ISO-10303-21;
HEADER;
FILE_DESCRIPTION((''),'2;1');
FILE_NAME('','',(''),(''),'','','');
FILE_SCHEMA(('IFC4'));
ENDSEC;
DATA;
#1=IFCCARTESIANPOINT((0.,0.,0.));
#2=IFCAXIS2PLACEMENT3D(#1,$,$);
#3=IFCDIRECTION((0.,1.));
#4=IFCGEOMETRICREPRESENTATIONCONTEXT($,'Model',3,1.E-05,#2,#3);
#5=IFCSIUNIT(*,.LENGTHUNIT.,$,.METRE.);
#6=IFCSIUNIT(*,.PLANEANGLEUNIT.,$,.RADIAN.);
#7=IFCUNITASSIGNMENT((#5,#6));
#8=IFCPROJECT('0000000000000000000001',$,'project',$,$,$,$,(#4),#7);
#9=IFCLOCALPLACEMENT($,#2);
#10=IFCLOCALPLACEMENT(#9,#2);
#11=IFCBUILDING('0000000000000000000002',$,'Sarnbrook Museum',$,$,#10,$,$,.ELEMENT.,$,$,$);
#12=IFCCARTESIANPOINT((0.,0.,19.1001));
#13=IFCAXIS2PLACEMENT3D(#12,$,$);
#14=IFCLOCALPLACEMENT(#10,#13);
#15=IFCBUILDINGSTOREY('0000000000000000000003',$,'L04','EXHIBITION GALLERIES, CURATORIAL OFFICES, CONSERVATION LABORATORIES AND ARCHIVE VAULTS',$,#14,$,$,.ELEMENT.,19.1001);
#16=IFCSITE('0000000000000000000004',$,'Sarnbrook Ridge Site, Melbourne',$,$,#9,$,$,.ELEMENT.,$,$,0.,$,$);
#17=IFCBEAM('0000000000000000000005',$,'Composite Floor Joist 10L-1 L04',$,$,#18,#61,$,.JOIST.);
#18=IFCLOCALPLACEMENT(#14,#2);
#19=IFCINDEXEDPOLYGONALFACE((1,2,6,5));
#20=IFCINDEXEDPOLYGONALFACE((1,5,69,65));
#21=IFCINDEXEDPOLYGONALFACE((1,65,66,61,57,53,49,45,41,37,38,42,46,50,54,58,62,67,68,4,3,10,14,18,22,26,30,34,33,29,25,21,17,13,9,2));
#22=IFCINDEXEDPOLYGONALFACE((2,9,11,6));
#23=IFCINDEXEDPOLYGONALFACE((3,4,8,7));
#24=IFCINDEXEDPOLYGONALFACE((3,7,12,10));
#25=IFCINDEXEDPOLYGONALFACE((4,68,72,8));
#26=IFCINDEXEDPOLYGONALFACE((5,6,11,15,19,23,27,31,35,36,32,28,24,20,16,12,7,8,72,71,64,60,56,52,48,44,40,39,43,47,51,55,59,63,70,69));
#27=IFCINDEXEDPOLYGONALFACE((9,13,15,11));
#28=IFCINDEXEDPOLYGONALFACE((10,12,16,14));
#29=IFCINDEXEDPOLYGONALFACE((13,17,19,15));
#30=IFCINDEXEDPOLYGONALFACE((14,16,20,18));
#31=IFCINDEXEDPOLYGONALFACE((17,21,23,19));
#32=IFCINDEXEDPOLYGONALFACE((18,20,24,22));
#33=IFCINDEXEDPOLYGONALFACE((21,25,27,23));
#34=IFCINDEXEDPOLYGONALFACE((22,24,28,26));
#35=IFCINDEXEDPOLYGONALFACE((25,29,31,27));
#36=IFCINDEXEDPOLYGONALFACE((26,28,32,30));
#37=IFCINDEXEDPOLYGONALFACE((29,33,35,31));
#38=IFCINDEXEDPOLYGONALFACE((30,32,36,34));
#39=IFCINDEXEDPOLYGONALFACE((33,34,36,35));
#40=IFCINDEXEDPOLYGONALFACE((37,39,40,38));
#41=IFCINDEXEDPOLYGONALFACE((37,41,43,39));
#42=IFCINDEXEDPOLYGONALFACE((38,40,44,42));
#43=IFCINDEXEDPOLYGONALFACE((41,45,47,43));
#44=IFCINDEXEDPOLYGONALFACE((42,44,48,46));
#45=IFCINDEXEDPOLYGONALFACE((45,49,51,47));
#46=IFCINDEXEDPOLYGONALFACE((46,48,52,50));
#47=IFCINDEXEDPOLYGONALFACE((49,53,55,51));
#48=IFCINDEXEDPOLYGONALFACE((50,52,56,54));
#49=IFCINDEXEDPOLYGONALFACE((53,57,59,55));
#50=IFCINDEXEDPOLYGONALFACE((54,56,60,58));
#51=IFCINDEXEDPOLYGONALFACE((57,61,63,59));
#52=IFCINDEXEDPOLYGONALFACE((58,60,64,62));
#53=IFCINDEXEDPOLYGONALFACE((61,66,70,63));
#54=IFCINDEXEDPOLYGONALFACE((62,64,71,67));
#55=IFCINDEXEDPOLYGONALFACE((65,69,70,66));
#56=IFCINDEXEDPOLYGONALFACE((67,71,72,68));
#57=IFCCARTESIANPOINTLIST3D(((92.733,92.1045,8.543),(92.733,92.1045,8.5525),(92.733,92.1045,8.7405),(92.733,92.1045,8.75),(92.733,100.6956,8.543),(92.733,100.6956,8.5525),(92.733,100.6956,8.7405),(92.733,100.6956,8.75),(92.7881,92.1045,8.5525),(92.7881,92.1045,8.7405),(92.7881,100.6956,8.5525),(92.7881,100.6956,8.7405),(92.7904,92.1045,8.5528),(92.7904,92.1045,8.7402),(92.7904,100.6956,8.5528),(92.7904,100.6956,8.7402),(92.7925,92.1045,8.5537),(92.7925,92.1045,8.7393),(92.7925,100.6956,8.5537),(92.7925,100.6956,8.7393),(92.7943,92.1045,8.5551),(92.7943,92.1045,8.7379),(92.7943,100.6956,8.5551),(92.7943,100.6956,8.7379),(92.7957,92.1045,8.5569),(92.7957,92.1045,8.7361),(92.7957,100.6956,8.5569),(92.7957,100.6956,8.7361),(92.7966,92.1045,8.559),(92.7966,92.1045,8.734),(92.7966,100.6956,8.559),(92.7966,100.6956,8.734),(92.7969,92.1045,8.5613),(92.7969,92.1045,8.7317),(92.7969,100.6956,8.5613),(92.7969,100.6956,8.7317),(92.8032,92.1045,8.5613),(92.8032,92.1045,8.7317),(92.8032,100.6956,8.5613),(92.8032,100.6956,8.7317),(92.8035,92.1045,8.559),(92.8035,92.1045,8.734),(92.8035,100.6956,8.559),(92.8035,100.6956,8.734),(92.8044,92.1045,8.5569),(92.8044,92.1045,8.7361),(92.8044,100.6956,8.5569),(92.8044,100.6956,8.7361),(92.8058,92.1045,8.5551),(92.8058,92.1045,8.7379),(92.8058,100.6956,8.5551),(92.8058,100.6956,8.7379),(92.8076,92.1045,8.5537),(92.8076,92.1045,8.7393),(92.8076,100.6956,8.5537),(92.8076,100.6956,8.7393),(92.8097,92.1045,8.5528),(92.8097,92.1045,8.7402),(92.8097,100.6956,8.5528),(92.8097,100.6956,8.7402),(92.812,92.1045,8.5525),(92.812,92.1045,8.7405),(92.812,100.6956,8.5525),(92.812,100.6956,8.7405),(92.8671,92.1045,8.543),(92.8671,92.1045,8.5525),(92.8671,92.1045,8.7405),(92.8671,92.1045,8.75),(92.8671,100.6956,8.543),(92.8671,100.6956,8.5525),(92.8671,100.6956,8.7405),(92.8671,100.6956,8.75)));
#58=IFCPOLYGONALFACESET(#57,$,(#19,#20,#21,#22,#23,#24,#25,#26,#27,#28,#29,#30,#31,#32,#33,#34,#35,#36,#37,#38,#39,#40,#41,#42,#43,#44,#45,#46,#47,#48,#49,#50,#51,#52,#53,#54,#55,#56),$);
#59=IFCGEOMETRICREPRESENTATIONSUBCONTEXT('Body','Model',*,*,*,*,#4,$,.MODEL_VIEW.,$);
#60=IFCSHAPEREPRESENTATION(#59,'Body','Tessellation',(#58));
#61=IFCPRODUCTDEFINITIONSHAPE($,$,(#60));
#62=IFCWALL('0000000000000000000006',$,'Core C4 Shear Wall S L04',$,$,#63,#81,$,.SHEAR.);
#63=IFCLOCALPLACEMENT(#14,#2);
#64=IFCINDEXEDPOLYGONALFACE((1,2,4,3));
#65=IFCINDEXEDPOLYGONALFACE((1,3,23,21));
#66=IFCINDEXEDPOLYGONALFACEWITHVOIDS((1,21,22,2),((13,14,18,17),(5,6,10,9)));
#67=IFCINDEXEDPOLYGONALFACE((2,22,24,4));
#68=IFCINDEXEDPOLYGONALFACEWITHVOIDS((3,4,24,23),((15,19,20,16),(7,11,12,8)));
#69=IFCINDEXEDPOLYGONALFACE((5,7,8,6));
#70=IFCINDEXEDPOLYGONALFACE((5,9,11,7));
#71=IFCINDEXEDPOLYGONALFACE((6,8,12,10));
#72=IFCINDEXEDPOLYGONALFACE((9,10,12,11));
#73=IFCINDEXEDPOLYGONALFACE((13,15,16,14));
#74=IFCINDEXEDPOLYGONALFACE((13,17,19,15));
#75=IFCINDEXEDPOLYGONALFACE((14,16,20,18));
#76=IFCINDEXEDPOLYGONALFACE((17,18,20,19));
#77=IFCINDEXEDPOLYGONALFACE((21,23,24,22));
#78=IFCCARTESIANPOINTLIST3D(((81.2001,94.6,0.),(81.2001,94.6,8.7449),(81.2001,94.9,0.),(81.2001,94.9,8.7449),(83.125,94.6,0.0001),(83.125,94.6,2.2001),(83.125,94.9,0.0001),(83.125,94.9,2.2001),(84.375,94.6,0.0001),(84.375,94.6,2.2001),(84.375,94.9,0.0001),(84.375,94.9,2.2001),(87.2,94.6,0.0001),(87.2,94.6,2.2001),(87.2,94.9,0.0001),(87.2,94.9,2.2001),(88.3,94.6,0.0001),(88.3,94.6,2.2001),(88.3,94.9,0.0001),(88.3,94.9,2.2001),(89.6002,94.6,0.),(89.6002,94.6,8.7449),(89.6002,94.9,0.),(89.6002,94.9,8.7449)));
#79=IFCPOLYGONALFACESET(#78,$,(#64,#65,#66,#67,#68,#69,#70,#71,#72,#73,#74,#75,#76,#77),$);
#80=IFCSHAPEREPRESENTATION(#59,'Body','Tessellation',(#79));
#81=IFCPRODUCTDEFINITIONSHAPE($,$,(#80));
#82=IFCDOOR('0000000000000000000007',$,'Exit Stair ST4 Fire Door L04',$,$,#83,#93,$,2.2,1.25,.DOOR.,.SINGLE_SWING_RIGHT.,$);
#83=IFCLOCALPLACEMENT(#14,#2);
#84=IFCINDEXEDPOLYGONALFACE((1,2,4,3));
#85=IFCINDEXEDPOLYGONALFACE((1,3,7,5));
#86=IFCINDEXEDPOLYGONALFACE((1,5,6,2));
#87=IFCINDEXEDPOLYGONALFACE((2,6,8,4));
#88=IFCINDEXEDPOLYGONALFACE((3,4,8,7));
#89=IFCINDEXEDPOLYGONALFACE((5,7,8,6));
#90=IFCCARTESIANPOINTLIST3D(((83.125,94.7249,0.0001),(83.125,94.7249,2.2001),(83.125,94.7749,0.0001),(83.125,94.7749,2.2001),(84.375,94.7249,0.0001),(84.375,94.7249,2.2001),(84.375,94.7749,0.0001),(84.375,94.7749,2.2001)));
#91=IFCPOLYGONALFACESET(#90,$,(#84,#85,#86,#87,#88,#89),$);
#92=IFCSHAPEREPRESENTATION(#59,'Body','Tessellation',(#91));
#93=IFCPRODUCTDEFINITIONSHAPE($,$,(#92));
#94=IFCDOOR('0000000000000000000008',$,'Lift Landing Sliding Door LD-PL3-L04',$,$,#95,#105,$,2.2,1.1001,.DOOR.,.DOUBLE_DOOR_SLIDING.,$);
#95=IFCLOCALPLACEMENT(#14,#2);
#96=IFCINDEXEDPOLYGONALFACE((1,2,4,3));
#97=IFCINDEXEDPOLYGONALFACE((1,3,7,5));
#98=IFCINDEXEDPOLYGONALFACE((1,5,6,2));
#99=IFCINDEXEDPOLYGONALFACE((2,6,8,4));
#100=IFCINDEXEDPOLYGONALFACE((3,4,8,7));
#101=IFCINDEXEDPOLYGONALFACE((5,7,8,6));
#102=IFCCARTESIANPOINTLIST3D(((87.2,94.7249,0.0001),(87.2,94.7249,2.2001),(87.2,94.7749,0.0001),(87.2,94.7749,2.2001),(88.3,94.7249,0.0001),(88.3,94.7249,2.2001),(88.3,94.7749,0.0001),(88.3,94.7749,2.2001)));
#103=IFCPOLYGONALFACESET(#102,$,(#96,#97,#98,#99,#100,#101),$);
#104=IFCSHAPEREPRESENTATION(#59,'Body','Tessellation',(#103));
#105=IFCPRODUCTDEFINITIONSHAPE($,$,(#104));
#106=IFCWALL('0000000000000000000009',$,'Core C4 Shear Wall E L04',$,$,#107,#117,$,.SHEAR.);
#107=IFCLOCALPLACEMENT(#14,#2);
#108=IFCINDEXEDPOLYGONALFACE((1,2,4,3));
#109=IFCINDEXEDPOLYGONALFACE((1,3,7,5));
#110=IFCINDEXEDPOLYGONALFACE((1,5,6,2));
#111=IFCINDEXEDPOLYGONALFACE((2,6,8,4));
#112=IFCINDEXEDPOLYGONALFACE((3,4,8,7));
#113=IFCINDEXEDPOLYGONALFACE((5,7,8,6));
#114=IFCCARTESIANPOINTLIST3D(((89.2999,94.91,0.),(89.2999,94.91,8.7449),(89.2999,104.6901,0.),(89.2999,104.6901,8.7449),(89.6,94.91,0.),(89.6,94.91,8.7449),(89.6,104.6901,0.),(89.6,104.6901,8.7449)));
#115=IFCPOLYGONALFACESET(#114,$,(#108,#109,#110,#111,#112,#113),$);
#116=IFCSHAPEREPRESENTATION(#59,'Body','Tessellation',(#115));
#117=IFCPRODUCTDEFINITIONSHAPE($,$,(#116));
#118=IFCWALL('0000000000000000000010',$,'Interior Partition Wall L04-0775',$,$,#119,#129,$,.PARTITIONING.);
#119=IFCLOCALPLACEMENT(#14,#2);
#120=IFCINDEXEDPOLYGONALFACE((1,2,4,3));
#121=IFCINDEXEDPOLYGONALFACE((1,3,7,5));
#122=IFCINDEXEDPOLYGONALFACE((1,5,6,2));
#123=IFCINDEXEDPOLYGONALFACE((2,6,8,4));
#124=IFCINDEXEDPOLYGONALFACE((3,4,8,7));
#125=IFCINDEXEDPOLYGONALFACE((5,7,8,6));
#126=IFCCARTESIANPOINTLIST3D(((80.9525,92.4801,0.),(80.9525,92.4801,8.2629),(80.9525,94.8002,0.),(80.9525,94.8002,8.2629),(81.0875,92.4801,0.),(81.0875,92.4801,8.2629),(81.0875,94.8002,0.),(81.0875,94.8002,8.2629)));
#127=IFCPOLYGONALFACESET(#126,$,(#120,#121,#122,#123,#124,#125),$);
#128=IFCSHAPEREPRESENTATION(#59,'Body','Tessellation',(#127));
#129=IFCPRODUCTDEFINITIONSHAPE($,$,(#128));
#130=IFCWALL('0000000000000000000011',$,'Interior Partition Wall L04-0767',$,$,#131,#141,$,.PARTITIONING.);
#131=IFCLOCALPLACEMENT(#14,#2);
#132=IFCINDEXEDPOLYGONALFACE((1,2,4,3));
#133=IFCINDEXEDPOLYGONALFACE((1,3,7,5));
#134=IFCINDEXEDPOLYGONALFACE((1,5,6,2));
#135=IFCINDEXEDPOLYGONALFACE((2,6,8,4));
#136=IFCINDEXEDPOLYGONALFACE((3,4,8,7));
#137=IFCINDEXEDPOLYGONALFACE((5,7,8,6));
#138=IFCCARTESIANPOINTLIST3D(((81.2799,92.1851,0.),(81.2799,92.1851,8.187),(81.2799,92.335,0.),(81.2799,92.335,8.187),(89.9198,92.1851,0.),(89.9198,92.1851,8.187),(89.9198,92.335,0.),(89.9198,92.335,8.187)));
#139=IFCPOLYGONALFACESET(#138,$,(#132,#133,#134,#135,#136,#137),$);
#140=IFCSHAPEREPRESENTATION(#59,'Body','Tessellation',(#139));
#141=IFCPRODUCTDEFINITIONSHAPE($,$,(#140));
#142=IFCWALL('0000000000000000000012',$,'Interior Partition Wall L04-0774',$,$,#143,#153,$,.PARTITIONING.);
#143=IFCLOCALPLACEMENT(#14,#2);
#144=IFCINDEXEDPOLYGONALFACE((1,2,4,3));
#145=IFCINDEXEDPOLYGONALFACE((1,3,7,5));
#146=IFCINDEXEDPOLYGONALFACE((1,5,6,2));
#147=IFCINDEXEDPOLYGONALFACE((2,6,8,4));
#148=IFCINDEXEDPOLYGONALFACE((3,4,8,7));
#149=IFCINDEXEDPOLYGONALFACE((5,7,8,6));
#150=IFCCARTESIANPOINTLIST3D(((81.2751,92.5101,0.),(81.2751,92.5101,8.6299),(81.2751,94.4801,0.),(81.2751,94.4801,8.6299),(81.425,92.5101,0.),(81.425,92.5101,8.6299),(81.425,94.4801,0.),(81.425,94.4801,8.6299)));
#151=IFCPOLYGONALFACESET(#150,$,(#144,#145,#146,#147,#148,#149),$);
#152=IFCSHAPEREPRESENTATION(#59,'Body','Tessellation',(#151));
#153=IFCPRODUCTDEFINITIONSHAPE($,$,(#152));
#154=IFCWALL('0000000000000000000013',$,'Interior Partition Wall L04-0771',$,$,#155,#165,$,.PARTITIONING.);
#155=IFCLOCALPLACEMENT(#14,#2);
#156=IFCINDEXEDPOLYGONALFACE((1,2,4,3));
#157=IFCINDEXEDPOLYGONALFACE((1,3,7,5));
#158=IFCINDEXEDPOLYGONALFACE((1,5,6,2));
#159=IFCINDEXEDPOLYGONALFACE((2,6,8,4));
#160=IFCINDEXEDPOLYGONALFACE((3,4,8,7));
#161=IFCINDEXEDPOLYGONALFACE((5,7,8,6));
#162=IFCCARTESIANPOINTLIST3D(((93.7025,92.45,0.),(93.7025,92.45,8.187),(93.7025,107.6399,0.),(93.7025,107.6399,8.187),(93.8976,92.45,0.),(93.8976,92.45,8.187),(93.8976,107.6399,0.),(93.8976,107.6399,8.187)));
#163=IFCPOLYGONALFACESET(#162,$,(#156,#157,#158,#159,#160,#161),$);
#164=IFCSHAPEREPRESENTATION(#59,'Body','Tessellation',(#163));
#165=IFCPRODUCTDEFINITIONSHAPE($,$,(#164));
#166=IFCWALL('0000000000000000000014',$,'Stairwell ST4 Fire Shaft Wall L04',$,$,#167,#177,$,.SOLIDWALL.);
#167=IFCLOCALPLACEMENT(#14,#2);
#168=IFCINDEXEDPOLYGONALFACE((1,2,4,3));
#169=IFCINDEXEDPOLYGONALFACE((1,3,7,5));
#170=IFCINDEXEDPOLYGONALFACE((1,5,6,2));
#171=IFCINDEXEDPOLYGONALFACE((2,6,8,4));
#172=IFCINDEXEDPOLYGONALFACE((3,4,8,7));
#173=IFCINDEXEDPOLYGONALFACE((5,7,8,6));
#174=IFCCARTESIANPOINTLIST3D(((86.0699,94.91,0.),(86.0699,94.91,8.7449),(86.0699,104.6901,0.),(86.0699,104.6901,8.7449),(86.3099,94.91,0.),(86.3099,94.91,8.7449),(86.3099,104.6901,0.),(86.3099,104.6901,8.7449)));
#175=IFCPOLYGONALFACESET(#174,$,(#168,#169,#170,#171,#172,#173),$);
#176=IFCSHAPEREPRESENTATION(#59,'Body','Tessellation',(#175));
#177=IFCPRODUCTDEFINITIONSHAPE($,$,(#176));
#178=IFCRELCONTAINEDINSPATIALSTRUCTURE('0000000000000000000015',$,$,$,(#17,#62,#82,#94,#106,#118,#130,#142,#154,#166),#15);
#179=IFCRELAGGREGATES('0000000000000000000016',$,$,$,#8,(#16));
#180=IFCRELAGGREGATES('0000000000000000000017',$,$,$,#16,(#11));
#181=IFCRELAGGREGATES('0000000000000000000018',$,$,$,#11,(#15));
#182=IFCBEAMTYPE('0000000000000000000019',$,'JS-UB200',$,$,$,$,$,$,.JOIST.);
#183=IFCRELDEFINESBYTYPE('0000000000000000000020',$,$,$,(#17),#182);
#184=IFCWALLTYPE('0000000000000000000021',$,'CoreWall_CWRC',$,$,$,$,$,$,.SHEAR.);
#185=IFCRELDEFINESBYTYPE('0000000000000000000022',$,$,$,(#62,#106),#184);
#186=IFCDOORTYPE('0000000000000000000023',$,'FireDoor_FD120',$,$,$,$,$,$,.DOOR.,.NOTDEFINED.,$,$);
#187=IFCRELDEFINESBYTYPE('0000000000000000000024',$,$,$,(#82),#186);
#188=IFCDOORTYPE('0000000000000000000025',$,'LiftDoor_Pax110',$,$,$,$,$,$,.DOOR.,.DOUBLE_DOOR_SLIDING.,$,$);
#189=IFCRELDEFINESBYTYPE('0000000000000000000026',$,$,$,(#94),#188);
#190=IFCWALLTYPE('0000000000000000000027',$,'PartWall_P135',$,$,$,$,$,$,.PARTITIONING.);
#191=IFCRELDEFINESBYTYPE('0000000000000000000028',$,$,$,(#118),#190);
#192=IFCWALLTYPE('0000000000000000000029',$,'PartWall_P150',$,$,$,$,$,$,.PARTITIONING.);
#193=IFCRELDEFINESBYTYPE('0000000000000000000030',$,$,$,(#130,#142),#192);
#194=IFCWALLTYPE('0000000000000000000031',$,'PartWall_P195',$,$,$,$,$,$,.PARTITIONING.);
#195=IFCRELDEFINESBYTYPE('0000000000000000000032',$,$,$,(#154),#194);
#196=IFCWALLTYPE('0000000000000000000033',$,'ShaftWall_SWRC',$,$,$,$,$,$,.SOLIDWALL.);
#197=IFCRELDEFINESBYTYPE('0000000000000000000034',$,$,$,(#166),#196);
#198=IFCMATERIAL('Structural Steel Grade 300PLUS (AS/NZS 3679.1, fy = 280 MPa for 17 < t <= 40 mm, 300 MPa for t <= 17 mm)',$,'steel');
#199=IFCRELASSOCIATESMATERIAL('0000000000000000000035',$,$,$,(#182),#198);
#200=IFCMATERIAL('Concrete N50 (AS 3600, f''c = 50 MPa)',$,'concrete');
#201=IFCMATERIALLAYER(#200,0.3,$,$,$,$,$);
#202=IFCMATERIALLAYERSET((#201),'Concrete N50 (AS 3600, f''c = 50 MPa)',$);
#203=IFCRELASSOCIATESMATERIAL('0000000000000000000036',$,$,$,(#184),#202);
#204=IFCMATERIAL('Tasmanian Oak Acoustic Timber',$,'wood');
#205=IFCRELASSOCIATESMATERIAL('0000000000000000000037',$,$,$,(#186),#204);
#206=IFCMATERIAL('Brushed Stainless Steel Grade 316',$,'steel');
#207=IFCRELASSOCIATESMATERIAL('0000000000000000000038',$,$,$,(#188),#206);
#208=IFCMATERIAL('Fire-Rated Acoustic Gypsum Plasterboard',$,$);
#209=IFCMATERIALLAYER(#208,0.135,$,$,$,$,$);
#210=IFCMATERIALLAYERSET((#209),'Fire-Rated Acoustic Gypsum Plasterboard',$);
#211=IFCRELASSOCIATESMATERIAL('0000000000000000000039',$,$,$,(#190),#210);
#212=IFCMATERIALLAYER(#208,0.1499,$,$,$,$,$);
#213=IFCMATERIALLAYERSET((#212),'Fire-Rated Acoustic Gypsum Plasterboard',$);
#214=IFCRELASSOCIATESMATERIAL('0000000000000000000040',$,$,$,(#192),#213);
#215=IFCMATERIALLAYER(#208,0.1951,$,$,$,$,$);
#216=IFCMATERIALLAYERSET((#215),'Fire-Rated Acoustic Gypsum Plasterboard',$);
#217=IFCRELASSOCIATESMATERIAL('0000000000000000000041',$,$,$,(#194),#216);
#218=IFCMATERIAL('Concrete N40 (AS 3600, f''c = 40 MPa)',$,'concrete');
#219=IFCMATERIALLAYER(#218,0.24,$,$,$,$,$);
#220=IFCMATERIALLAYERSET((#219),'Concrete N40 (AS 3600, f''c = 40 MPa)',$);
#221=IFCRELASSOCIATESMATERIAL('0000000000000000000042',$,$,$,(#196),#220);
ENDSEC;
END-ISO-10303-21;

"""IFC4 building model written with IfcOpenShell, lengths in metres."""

from ifc_helpers import new_model, si_unit, direction, frame, frame_2d, origin, origin_2d, place, context, subcontext, project, spatial, rectangle, i_section, extrude, material, layer, layer_set, material_profile, profile_set, type_object, element, fill, save


model = new_model("IFC4")

# Units and contexts
model_context = context("Model", 3, precision=1e-05, world=origin(), true_north=direction((0.0, 1.0)))
body_context = subcontext(model_context, "Body", "Model", "MODEL_VIEW")
ifc_project = project(units=[si_unit("LENGTHUNIT", "METRE"), si_unit("PLANEANGLEUNIT", "RADIAN")], contexts=[model_context])

# Site, building, storey
site_placement = place(None, origin())
site = spatial("IfcSite", under=ifc_project, at=site_placement, Name="Sarnbrook Ridge Site, Melbourne", CompositionType="ELEMENT", RefElevation=0.0)
building_placement = place(site_placement, origin())
building = spatial("IfcBuilding", under=site, at=building_placement, Name="Sarnbrook Museum", CompositionType="ELEMENT")
storey_placement = place(building_placement, frame((0.0, 0.0, 19.1001)))
storey = spatial("IfcBuildingStorey", under=building, at=storey_placement, Name="L04", Description="EXHIBITION GALLERIES, CURATORIAL OFFICES, CONSERVATION LABORATORIES AND ARCHIVE VAULTS", CompositionType="ELEMENT", Elevation=19.1001)

# Shared definitions
ifc_material_1 = material(Name="Structural Steel Grade 300PLUS (AS/NZS 3679.1, fy = 280 MPa for 17 < t <= 40 mm, 300 MPa for t <= 17 mm)", Category="steel")

# Beam
ifc_material_profile_1 = material_profile(ifc_material_1, i_section(OverallWidth=0.134, OverallDepth=0.207, WebThickness=0.0063, FlangeThickness=0.0095, FilletRadius=0.0088, at=origin_2d()), Name="200UB29.8")
ifc_profile_set_1 = profile_set([ifc_material_profile_1], Name="Structural Steel Grade 300PLUS (AS/NZS 3679.1, fy = 280 MPa for 17 < t <= 40 mm, 300 MPa for t <= 17 mm)")
beam_type_1 = type_object("IfcBeamType", Name="JS-UB200", PredefinedType="JOIST", material=ifc_profile_set_1)
beam_1_placement = place(storey_placement, frame((92.8, 92.1045, 8.6465), z_axis=(0.0, 1.0, 0.0), x_axis=(-1.0, 0.0, 0.0)))
element("IfcBeam", 1, at=beam_1_placement, inside=storey, type_object=beam_type_1, Name="Composite Floor Joist 10L-1 L04", PredefinedType="JOIST", context=body_context, shape_type="SweptSolid", body=[
    extrude(i_section(OverallWidth=0.134, OverallDepth=0.207, WebThickness=0.0063, FlangeThickness=0.0095, FilletRadius=0.0088, at=origin_2d()), origin(), (0.0, 0.0, 1.0), 8.5911),
])

# Wall, openings, doors
ifc_material_2 = material(Name="Concrete N50 (AS 3600, f'c = 50 MPa)", Category="concrete")
ifc_layer_1 = layer(ifc_material_2, 0.3)
ifc_layer_set_1 = layer_set([ifc_layer_1], Name="Concrete N50 (AS 3600, f'c = 50 MPa)")
wall_type_1 = type_object("IfcWallType", Name="CoreWall_CWRC", PredefinedType="SHEAR", material=ifc_layer_set_1)
wall_1_placement = place(storey_placement, frame((81.2, 94.75, 0.0), z_axis=(0.0, 0.0, 1.0), x_axis=(1.0, 0.0, 0.0)))
wall_1 = element("IfcWall", 2, at=wall_1_placement, inside=storey, type_object=wall_type_1, Name="Core C4 Shear Wall S L04", PredefinedType="SHEAR", context=body_context, shape_type="SweptSolid", body=[
    extrude(rectangle(XDim=8.4001, YDim=0.3, at=frame_2d((4.2002, 0.0))), origin(), (0.0, 0.0, 1.0), 8.7449),
])
opening_1_placement = place(wall_1_placement, frame((1.925, 0.0, 0.0)))
opening_1 = element("IfcOpeningElement", 3, at=opening_1_placement, cuts=wall_1, PredefinedType="OPENING", context=body_context, shape_type="SweptSolid", body=[
    extrude(rectangle(XDim=1.25, YDim=2.2, at=frame_2d((0.625, 1.1001))), frame((0.0, 0.1602, 0.0), z_axis=(0.0, -1.0, 0.0), x_axis=(1.0, 0.0, 0.0)), (0.0, 0.0, 1.0), 0.3201),
])
opening_2_placement = place(wall_1_placement, frame((6.0, 0.0, 0.0)))
opening_2 = element("IfcOpeningElement", 4, at=opening_2_placement, cuts=wall_1, PredefinedType="OPENING", context=body_context, shape_type="SweptSolid", body=[
    extrude(rectangle(XDim=1.1001, YDim=2.2, at=frame_2d((0.55, 1.1001))), frame((0.0, 0.1602, 0.0), z_axis=(0.0, -1.0, 0.0), x_axis=(1.0, 0.0, 0.0)), (0.0, 0.0, 1.0), 0.3201),
])
ifc_material_3 = material(Name="Tasmanian Oak Acoustic Timber", Category="wood")
door_type_1 = type_object("IfcDoorType", Name="FireDoor_FD120", OperationType="NOTDEFINED", PredefinedType="DOOR", material=ifc_material_3)
door_1_placement = place(opening_1_placement, origin())
door_1 = element("IfcDoor", 5, at=door_1_placement, inside=storey, type_object=door_type_1, Name="Exit Stair ST4 Fire Door L04", OperationType="SINGLE_SWING_RIGHT", OverallHeight=2.2, OverallWidth=1.25, PredefinedType="DOOR", context=body_context, shape_type="SweptSolid", body=[
    extrude(rectangle(XDim=1.25, YDim=2.2, at=frame_2d((0.625, 1.1001))), frame((0.0, 0.0249, 0.0), z_axis=(0.0, -1.0, 0.0), x_axis=(1.0, 0.0, 0.0)), (0.0, 0.0, 1.0), 0.05),
])
fill(opening_1, door_1)
ifc_material_4 = material(Name="Brushed Stainless Steel Grade 316", Category="steel")
door_type_2 = type_object("IfcDoorType", Name="LiftDoor_Pax110", OperationType="DOUBLE_DOOR_SLIDING", PredefinedType="DOOR", material=ifc_material_4)
door_2_placement = place(opening_2_placement, origin())
door_2 = element("IfcDoor", 6, at=door_2_placement, inside=storey, type_object=door_type_2, Name="Lift Landing Sliding Door LD-PL3-L04", OperationType="DOUBLE_DOOR_SLIDING", OverallHeight=2.2, OverallWidth=1.1001, PredefinedType="DOOR", context=body_context, shape_type="SweptSolid", body=[
    extrude(rectangle(XDim=1.1001, YDim=2.2, at=frame_2d((0.55, 1.1001))), frame((0.0, 0.0249, 0.0), z_axis=(0.0, -1.0, 0.0), x_axis=(1.0, 0.0, 0.0)), (0.0, 0.0, 1.0), 0.05),
])
fill(opening_2, door_2)

# Walls
wall_2_placement = place(storey_placement, frame((89.45, 94.9099, 0.0), z_axis=(0.0, 0.0, 1.0), x_axis=(0.0, 1.0, 0.0)))
element("IfcWall", 7, at=wall_2_placement, inside=storey, type_object=wall_type_1, Name="Core C4 Shear Wall E L04", PredefinedType="SHEAR", context=body_context, shape_type="SweptSolid", body=[
    extrude(rectangle(XDim=9.78, YDim=0.3, at=frame_2d((4.8901, 0.0))), origin(), (0.0, 0.0, 1.0), 8.7449),
])
ifc_material_5 = material(Name="Fire-Rated Acoustic Gypsum Plasterboard")
ifc_layer_2 = layer(ifc_material_5, 0.135)
ifc_layer_set_2 = layer_set([ifc_layer_2], Name="Fire-Rated Acoustic Gypsum Plasterboard")
wall_type_2 = type_object("IfcWallType", Name="PartWall_P135", PredefinedType="PARTITIONING", material=ifc_layer_set_2)
wall_3_placement = place(storey_placement, frame((81.02, 92.48, 0.0), z_axis=(0.0, 0.0, 1.0), x_axis=(0.0, 1.0, 0.0)))
element("IfcWall", 8, at=wall_3_placement, inside=storey, type_object=wall_type_2, Name="Interior Partition Wall L04-0775", PredefinedType="PARTITIONING", context=body_context, shape_type="SweptSolid", body=[
    extrude(rectangle(XDim=2.3201, YDim=0.135, at=frame_2d((1.1602, 0.0))), origin(), (0.0, 0.0, 1.0), 8.2629),
])
ifc_layer_3 = layer(ifc_material_5, 0.1499)
ifc_layer_set_3 = layer_set([ifc_layer_3], Name="Fire-Rated Acoustic Gypsum Plasterboard")
wall_type_3 = type_object("IfcWallType", Name="PartWall_P150", PredefinedType="PARTITIONING", material=ifc_layer_set_3)
wall_4_placement = place(storey_placement, frame((81.28, 92.26, 0.0), z_axis=(0.0, 0.0, 1.0), x_axis=(1.0, 0.0, 0.0)))
element("IfcWall", 9, at=wall_4_placement, inside=storey, type_object=wall_type_3, Name="Interior Partition Wall L04-0767", PredefinedType="PARTITIONING", context=body_context, shape_type="SweptSolid", body=[
    extrude(rectangle(XDim=8.6399, YDim=0.1499, at=frame_2d((4.3198, 0.0))), origin(), (0.0, 0.0, 1.0), 8.187),
])
wall_5_placement = place(storey_placement, frame((81.3501, 94.48, 0.0), z_axis=(0.0, 0.0, 1.0), x_axis=(0.0, -1.0, 0.0)))
element("IfcWall", 10, at=wall_5_placement, inside=storey, type_object=wall_type_3, Name="Interior Partition Wall L04-0774", PredefinedType="PARTITIONING", context=body_context, shape_type="SweptSolid", body=[
    extrude(rectangle(XDim=1.97, YDim=0.1499, at=frame_2d((0.9849, 0.0))), origin(), (0.0, 0.0, 1.0), 8.6299),
])
ifc_layer_4 = layer(ifc_material_5, 0.1951)
ifc_layer_set_4 = layer_set([ifc_layer_4], Name="Fire-Rated Acoustic Gypsum Plasterboard")
wall_type_4 = type_object("IfcWallType", Name="PartWall_P195", PredefinedType="PARTITIONING", material=ifc_layer_set_4)
wall_6_placement = place(storey_placement, frame((93.8, 92.45, 0.0), z_axis=(0.0, 0.0, 1.0), x_axis=(0.0, 1.0, 0.0)))
element("IfcWall", 11, at=wall_6_placement, inside=storey, type_object=wall_type_4, Name="Interior Partition Wall L04-0771", PredefinedType="PARTITIONING", context=body_context, shape_type="SweptSolid", body=[
    extrude(rectangle(XDim=15.1899, YDim=0.1951, at=frame_2d((7.595, 0.0))), origin(), (0.0, 0.0, 1.0), 8.187),
])
ifc_material_6 = material(Name="Concrete N40 (AS 3600, f'c = 40 MPa)", Category="concrete")
ifc_layer_5 = layer(ifc_material_6, 0.24)
ifc_layer_set_5 = layer_set([ifc_layer_5], Name="Concrete N40 (AS 3600, f'c = 40 MPa)")
wall_type_5 = type_object("IfcWallType", Name="ShaftWall_SWRC", PredefinedType="SOLIDWALL", material=ifc_layer_set_5)
wall_7_placement = place(storey_placement, frame((86.1899, 94.9099, 0.0), z_axis=(0.0, 0.0, 1.0), x_axis=(0.0, 1.0, 0.0)))
element("IfcWall", 12, at=wall_7_placement, inside=storey, type_object=wall_type_5, Name="Stairwell ST4 Fire Shaft Wall L04", PredefinedType="SOLIDWALL", context=body_context, shape_type="SweptSolid", body=[
    extrude(rectangle(XDim=9.78, YDim=0.24, at=frame_2d((4.8901, 0.0))), origin(), (0.0, 0.0, 1.0), 8.7449),
])

save(model, "model.ifc")
